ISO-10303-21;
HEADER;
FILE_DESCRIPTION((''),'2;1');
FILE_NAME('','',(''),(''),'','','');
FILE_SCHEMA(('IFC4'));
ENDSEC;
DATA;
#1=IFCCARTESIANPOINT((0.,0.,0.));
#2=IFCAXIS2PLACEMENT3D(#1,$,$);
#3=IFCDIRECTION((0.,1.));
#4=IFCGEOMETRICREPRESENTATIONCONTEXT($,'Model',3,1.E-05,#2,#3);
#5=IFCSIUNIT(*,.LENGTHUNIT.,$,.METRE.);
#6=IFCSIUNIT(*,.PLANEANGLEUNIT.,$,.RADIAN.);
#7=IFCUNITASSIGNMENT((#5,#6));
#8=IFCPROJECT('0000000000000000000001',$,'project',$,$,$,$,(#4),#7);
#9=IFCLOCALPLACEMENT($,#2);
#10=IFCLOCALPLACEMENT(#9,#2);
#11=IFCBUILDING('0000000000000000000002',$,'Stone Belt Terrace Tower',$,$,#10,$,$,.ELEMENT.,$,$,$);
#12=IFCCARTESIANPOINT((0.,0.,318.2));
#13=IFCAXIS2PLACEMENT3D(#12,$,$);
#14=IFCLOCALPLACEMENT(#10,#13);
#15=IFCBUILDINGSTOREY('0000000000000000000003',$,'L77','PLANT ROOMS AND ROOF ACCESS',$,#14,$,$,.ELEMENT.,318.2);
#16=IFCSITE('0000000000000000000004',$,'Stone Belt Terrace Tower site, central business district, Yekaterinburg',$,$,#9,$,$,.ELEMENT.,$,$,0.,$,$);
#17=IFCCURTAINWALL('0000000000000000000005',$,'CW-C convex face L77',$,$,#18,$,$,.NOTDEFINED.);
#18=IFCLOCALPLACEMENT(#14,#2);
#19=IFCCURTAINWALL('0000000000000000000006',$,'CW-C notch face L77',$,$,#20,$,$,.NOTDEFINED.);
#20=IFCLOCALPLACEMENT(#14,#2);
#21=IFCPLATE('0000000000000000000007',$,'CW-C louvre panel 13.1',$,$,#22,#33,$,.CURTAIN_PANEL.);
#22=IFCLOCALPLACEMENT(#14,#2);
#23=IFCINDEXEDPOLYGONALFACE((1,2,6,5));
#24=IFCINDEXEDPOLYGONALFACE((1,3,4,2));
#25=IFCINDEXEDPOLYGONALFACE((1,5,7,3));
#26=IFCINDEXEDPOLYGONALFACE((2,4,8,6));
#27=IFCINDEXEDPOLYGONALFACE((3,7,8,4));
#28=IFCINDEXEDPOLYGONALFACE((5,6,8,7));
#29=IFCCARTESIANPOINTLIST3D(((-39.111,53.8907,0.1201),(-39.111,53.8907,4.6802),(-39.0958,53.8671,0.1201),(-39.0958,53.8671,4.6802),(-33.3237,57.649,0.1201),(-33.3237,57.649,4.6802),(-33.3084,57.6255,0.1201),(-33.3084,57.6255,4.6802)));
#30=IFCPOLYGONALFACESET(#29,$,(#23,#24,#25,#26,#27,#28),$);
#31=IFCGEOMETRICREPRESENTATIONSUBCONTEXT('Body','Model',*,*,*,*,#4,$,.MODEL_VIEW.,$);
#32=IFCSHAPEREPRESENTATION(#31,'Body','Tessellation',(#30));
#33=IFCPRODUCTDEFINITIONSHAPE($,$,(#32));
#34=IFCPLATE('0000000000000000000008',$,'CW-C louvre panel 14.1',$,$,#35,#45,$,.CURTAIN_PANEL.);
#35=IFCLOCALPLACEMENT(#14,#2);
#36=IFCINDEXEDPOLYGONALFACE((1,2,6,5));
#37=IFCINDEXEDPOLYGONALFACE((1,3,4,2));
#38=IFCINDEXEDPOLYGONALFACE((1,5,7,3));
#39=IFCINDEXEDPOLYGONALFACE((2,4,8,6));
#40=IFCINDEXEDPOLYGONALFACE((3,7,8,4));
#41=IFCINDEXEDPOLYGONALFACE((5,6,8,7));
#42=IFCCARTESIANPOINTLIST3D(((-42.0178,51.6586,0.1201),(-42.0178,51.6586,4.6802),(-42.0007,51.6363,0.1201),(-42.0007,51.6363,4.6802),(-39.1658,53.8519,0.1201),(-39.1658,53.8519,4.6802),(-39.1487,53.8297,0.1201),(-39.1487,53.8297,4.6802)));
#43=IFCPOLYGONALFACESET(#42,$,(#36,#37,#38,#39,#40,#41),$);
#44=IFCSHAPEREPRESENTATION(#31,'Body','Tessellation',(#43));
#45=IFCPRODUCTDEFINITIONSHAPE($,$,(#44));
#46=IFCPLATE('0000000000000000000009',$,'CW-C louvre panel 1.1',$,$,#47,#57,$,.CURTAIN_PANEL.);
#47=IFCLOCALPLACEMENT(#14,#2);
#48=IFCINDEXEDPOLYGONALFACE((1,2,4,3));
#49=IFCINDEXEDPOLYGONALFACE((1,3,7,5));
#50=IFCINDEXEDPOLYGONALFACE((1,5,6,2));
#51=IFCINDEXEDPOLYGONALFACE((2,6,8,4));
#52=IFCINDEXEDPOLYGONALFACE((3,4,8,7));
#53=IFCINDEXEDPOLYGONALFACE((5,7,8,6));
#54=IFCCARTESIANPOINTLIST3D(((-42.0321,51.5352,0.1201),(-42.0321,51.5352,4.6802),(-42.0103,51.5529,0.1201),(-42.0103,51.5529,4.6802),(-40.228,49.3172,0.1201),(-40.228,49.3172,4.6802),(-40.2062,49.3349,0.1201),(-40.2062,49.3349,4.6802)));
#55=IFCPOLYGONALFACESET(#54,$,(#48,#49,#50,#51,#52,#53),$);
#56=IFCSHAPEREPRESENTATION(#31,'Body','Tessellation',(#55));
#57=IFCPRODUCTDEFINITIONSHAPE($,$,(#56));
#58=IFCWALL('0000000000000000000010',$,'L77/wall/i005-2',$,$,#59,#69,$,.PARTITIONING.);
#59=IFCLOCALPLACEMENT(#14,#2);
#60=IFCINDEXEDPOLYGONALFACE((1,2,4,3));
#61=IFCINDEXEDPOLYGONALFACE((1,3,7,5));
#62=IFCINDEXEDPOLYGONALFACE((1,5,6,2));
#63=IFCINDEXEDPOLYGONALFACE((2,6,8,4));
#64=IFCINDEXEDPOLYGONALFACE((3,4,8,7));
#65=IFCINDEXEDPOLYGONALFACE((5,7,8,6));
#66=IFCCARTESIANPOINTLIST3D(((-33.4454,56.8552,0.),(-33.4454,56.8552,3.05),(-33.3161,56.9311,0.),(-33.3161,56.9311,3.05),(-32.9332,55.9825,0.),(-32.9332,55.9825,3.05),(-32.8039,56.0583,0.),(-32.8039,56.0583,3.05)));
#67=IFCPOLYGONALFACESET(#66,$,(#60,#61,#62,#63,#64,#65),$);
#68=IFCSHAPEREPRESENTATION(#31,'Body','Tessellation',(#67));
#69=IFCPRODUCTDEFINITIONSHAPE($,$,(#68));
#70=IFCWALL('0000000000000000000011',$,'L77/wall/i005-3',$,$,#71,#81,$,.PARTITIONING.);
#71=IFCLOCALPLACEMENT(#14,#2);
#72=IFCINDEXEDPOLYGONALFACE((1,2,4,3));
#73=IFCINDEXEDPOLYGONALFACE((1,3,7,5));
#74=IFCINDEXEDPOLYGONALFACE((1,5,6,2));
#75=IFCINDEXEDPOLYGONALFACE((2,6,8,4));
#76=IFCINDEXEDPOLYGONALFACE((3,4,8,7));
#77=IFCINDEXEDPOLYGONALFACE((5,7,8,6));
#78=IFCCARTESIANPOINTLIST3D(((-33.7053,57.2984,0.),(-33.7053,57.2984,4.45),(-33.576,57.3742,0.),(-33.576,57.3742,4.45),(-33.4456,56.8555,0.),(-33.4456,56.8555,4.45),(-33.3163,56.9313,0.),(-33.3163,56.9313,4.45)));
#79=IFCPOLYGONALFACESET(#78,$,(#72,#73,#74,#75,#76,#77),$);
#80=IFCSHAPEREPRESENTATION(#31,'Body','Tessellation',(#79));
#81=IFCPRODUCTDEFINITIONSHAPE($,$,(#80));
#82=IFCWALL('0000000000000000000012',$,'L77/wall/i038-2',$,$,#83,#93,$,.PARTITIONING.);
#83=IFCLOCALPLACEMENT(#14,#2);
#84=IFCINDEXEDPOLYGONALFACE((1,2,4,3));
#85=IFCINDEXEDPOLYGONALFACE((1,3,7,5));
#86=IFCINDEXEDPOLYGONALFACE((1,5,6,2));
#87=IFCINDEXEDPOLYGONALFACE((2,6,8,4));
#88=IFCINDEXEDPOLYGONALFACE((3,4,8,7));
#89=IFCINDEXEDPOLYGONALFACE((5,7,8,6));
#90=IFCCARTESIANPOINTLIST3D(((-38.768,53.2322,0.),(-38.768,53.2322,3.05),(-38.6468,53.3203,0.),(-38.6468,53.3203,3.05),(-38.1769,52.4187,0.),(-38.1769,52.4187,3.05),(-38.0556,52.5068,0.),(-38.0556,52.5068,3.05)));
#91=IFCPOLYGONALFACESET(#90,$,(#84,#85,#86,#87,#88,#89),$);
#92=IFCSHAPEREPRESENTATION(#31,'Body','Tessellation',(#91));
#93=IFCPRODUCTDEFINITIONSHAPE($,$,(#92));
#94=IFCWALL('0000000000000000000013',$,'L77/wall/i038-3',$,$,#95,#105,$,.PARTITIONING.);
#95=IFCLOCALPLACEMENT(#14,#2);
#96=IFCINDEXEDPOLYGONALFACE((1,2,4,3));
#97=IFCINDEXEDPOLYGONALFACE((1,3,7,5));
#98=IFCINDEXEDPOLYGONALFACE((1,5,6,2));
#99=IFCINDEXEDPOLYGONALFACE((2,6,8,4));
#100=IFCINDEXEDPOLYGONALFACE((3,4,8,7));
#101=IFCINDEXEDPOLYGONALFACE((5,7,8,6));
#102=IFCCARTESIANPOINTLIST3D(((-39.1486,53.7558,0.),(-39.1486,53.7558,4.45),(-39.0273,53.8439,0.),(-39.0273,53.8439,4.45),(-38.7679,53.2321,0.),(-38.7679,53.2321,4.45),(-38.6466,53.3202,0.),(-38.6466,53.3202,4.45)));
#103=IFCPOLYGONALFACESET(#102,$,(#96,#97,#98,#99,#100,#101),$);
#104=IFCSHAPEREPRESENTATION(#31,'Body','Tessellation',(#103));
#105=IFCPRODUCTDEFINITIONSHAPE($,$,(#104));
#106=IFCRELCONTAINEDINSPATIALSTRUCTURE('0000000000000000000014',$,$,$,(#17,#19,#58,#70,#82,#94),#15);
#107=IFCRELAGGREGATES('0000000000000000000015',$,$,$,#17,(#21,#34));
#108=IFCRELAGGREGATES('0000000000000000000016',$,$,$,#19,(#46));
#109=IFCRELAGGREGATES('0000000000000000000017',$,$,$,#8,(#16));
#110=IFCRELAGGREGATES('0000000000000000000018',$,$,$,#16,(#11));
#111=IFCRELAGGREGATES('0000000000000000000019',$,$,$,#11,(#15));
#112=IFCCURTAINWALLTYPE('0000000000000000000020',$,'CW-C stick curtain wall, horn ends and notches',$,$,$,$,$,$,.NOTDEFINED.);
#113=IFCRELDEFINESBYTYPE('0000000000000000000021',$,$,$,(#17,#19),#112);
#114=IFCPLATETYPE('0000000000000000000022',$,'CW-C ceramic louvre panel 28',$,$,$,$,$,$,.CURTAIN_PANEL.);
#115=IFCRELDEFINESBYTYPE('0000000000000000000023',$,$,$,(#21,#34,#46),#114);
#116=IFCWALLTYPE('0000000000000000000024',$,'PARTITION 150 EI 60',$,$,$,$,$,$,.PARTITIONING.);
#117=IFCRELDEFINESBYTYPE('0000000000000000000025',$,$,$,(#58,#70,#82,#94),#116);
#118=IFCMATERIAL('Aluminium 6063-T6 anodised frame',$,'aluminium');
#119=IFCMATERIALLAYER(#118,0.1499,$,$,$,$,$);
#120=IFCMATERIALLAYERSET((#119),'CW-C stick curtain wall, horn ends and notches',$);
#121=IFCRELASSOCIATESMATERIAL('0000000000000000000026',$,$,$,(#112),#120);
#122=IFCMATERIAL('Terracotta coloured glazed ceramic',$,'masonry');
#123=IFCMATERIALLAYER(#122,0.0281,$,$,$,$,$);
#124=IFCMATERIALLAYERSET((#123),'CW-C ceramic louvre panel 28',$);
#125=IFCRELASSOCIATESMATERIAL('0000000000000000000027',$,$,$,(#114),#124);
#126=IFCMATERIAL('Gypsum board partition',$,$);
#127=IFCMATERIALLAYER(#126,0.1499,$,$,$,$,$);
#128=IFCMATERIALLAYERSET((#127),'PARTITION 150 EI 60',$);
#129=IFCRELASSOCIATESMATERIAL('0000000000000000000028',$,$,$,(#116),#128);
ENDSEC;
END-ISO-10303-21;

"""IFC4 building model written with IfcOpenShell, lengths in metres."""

from ifc_helpers import new_model, si_unit, direction, frame, frame_2d, origin, origin_2d, place, context, subcontext, project, spatial, rectangle, extrude, material, layer, layer_set, type_object, element, aggregate, save


model = new_model("IFC4")

# Units and contexts
model_context = context("Model", 3, precision=1e-05, world=origin(), true_north=direction((0.0, 1.0)))
body_context = subcontext(model_context, "Body", "Model", "MODEL_VIEW")
ifc_project = project(units=[si_unit("LENGTHUNIT", "METRE"), si_unit("PLANEANGLEUNIT", "RADIAN")], contexts=[model_context])

# Site, building, storey
site_placement = place(None, origin())
site = spatial("IfcSite", under=ifc_project, at=site_placement, Name="Stone Belt Terrace Tower site, central business district, Yekaterinburg", CompositionType="ELEMENT", RefElevation=0.0)
building_placement = place(site_placement, origin())
building = spatial("IfcBuilding", under=site, at=building_placement, Name="Stone Belt Terrace Tower", CompositionType="ELEMENT")
storey_placement = place(building_placement, frame((0.0, 0.0, 318.2)))
storey = spatial("IfcBuildingStorey", under=building, at=storey_placement, Name="L77", Description="PLANT ROOMS AND ROOF ACCESS", CompositionType="ELEMENT", Elevation=318.2)

# Curtain wall
ifc_material_1 = material(Name="Aluminium 6063-T6 anodised frame", Category="aluminium")
ifc_layer_1 = layer(ifc_material_1, 0.1499)
ifc_layer_set_1 = layer_set([ifc_layer_1], Name="CW-C stick curtain wall, horn ends and notches")
curtain_wall_type = type_object("IfcCurtainWallType", Name="CW-C stick curtain wall, horn ends and notches", PredefinedType="NOTDEFINED", material=ifc_layer_set_1)
curtain_wall_1_placement = place(storey_placement, origin())
curtain_wall_1 = element("IfcCurtainWall", 1, at=curtain_wall_1_placement, inside=storey, type_object=curtain_wall_type, Name="CW-C convex face L77", PredefinedType="NOTDEFINED")

# Curtain wall
curtain_wall_2_placement = place(storey_placement, origin())
curtain_wall_2 = element("IfcCurtainWall", 2, at=curtain_wall_2_placement, inside=storey, type_object=curtain_wall_type, Name="CW-C notch face L77", PredefinedType="NOTDEFINED")

# Plates
ifc_material_2 = material(Name="Terracotta coloured glazed ceramic", Category="masonry")
ifc_layer_2 = layer(ifc_material_2, 0.0281)
ifc_layer_set_2 = layer_set([ifc_layer_2], Name="CW-C ceramic louvre panel 28")
plate_type = type_object("IfcPlateType", Name="CW-C ceramic louvre panel 28", PredefinedType="CURTAIN_PANEL", material=ifc_layer_set_2)
plate_1_placement = place(storey_placement, frame((-36.2097, 55.7581, 0.1201), z_axis=(0.0, 0.0, 1.0), x_axis=(-0.838671, -0.544639, 0.0)))
plate_1 = element("IfcPlate", 3, at=plate_1_placement, type_object=plate_type, Name="CW-C louvre panel 13.1", PredefinedType="CURTAIN_PANEL", context=body_context, shape_type="SweptSolid", body=[
    extrude(rectangle(XDim=6.9006, YDim=0.0281, at=origin_2d()), origin(), (0.0, 0.0, 1.0), 4.5601),
])
plate_2_placement = place(storey_placement, frame((-40.5833, 52.7441, 0.1201), z_axis=(0.0, 0.0, 1.0), x_axis=(-0.792694, -0.60962, 0.0)))
plate_2 = element("IfcPlate", 4, at=plate_2_placement, type_object=plate_type, Name="CW-C louvre panel 14.1", PredefinedType="CURTAIN_PANEL", context=body_context, shape_type="SweptSolid", body=[
    extrude(rectangle(XDim=3.5979, YDim=0.0281, at=origin_2d()), origin(), (0.0, 0.0, 1.0), 4.5601),
])
aggregate(curtain_wall_1, [plate_1, plate_2])
plate_3_placement = place(storey_placement, frame((-41.1191, 50.4351, 0.1201), z_axis=(0.0, 0.0, 1.0), x_axis=(0.631001, -0.775782, 0.0)))
plate_3 = element("IfcPlate", 5, at=plate_3_placement, type_object=plate_type, Name="CW-C louvre panel 1.1", PredefinedType="CURTAIN_PANEL", context=body_context, shape_type="SweptSolid", body=[
    extrude(rectangle(XDim=2.8591, YDim=0.0281, at=origin_2d()), origin(), (0.0, 0.0, 1.0), 4.5601),
])
aggregate(curtain_wall_2, [plate_3])

# Walls
ifc_material_3 = material(Name="Gypsum board partition")
ifc_layer_3 = layer(ifc_material_3, 0.1499)
ifc_layer_set_3 = layer_set([ifc_layer_3], Name="PARTITION 150 EI 60")
wall_type = type_object("IfcWallType", Name="PARTITION 150 EI 60", PredefinedType="PARTITIONING", material=ifc_layer_set_3)
wall_1_placement = place(storey_placement, frame((-32.8687, 56.0205, 0.0), z_axis=(0.0, 0.0, 1.0), x_axis=(-0.506134, 0.862455, 0.0)))
element("IfcWall", 6, at=wall_1_placement, inside=storey, type_object=wall_type, Name="L77/wall/i005-2", PredefinedType="PARTITIONING", context=body_context, shape_type="SweptSolid", body=[
    extrude(rectangle(XDim=1.012, YDim=0.1499, at=frame_2d((0.5059, 0.0))), origin(), (0.0, 0.0, 1.0), 3.05),
])
wall_2_placement = place(storey_placement, frame((-33.3809, 56.8933, 0.0), z_axis=(0.0, 0.0, 1.0), x_axis=(-0.505939, 0.862569, 0.0)))
element("IfcWall", 7, at=wall_2_placement, inside=storey, type_object=wall_type, Name="L77/wall/i005-3", PredefinedType="PARTITIONING", context=body_context, shape_type="SweptSolid", body=[
    extrude(rectangle(XDim=0.5134, YDim=0.1499, at=frame_2d((0.2568, 0.0))), origin(), (0.0, 0.0, 1.0), 4.45),
])
wall_3_placement = place(storey_placement, frame((-38.1162, 52.4626, 0.0), z_axis=(0.0, 0.0, 1.0), x_axis=(-0.587811, 0.808998, 0.0)))
element("IfcWall", 8, at=wall_3_placement, inside=storey, type_object=wall_type, Name="L77/wall/i038-2", PredefinedType="PARTITIONING", context=body_context, shape_type="SweptSolid", body=[
    extrude(rectangle(XDim=1.0056, YDim=0.1499, at=frame_2d((0.5029, 0.0))), origin(), (0.0, 0.0, 1.0), 3.05),
])
wall_4_placement = place(storey_placement, frame((-38.7073, 53.2761, 0.0), z_axis=(0.0, 0.0, 1.0), x_axis=(-0.587925, 0.808915, 0.0)))
element("IfcWall", 9, at=wall_4_placement, inside=storey, type_object=wall_type, Name="L77/wall/i038-3", PredefinedType="PARTITIONING", context=body_context, shape_type="SweptSolid", body=[
    extrude(rectangle(XDim=0.6475, YDim=0.1499, at=frame_2d((0.3237, 0.0))), origin(), (0.0, 0.0, 1.0), 4.45),
])

save(model, "model.ifc")
